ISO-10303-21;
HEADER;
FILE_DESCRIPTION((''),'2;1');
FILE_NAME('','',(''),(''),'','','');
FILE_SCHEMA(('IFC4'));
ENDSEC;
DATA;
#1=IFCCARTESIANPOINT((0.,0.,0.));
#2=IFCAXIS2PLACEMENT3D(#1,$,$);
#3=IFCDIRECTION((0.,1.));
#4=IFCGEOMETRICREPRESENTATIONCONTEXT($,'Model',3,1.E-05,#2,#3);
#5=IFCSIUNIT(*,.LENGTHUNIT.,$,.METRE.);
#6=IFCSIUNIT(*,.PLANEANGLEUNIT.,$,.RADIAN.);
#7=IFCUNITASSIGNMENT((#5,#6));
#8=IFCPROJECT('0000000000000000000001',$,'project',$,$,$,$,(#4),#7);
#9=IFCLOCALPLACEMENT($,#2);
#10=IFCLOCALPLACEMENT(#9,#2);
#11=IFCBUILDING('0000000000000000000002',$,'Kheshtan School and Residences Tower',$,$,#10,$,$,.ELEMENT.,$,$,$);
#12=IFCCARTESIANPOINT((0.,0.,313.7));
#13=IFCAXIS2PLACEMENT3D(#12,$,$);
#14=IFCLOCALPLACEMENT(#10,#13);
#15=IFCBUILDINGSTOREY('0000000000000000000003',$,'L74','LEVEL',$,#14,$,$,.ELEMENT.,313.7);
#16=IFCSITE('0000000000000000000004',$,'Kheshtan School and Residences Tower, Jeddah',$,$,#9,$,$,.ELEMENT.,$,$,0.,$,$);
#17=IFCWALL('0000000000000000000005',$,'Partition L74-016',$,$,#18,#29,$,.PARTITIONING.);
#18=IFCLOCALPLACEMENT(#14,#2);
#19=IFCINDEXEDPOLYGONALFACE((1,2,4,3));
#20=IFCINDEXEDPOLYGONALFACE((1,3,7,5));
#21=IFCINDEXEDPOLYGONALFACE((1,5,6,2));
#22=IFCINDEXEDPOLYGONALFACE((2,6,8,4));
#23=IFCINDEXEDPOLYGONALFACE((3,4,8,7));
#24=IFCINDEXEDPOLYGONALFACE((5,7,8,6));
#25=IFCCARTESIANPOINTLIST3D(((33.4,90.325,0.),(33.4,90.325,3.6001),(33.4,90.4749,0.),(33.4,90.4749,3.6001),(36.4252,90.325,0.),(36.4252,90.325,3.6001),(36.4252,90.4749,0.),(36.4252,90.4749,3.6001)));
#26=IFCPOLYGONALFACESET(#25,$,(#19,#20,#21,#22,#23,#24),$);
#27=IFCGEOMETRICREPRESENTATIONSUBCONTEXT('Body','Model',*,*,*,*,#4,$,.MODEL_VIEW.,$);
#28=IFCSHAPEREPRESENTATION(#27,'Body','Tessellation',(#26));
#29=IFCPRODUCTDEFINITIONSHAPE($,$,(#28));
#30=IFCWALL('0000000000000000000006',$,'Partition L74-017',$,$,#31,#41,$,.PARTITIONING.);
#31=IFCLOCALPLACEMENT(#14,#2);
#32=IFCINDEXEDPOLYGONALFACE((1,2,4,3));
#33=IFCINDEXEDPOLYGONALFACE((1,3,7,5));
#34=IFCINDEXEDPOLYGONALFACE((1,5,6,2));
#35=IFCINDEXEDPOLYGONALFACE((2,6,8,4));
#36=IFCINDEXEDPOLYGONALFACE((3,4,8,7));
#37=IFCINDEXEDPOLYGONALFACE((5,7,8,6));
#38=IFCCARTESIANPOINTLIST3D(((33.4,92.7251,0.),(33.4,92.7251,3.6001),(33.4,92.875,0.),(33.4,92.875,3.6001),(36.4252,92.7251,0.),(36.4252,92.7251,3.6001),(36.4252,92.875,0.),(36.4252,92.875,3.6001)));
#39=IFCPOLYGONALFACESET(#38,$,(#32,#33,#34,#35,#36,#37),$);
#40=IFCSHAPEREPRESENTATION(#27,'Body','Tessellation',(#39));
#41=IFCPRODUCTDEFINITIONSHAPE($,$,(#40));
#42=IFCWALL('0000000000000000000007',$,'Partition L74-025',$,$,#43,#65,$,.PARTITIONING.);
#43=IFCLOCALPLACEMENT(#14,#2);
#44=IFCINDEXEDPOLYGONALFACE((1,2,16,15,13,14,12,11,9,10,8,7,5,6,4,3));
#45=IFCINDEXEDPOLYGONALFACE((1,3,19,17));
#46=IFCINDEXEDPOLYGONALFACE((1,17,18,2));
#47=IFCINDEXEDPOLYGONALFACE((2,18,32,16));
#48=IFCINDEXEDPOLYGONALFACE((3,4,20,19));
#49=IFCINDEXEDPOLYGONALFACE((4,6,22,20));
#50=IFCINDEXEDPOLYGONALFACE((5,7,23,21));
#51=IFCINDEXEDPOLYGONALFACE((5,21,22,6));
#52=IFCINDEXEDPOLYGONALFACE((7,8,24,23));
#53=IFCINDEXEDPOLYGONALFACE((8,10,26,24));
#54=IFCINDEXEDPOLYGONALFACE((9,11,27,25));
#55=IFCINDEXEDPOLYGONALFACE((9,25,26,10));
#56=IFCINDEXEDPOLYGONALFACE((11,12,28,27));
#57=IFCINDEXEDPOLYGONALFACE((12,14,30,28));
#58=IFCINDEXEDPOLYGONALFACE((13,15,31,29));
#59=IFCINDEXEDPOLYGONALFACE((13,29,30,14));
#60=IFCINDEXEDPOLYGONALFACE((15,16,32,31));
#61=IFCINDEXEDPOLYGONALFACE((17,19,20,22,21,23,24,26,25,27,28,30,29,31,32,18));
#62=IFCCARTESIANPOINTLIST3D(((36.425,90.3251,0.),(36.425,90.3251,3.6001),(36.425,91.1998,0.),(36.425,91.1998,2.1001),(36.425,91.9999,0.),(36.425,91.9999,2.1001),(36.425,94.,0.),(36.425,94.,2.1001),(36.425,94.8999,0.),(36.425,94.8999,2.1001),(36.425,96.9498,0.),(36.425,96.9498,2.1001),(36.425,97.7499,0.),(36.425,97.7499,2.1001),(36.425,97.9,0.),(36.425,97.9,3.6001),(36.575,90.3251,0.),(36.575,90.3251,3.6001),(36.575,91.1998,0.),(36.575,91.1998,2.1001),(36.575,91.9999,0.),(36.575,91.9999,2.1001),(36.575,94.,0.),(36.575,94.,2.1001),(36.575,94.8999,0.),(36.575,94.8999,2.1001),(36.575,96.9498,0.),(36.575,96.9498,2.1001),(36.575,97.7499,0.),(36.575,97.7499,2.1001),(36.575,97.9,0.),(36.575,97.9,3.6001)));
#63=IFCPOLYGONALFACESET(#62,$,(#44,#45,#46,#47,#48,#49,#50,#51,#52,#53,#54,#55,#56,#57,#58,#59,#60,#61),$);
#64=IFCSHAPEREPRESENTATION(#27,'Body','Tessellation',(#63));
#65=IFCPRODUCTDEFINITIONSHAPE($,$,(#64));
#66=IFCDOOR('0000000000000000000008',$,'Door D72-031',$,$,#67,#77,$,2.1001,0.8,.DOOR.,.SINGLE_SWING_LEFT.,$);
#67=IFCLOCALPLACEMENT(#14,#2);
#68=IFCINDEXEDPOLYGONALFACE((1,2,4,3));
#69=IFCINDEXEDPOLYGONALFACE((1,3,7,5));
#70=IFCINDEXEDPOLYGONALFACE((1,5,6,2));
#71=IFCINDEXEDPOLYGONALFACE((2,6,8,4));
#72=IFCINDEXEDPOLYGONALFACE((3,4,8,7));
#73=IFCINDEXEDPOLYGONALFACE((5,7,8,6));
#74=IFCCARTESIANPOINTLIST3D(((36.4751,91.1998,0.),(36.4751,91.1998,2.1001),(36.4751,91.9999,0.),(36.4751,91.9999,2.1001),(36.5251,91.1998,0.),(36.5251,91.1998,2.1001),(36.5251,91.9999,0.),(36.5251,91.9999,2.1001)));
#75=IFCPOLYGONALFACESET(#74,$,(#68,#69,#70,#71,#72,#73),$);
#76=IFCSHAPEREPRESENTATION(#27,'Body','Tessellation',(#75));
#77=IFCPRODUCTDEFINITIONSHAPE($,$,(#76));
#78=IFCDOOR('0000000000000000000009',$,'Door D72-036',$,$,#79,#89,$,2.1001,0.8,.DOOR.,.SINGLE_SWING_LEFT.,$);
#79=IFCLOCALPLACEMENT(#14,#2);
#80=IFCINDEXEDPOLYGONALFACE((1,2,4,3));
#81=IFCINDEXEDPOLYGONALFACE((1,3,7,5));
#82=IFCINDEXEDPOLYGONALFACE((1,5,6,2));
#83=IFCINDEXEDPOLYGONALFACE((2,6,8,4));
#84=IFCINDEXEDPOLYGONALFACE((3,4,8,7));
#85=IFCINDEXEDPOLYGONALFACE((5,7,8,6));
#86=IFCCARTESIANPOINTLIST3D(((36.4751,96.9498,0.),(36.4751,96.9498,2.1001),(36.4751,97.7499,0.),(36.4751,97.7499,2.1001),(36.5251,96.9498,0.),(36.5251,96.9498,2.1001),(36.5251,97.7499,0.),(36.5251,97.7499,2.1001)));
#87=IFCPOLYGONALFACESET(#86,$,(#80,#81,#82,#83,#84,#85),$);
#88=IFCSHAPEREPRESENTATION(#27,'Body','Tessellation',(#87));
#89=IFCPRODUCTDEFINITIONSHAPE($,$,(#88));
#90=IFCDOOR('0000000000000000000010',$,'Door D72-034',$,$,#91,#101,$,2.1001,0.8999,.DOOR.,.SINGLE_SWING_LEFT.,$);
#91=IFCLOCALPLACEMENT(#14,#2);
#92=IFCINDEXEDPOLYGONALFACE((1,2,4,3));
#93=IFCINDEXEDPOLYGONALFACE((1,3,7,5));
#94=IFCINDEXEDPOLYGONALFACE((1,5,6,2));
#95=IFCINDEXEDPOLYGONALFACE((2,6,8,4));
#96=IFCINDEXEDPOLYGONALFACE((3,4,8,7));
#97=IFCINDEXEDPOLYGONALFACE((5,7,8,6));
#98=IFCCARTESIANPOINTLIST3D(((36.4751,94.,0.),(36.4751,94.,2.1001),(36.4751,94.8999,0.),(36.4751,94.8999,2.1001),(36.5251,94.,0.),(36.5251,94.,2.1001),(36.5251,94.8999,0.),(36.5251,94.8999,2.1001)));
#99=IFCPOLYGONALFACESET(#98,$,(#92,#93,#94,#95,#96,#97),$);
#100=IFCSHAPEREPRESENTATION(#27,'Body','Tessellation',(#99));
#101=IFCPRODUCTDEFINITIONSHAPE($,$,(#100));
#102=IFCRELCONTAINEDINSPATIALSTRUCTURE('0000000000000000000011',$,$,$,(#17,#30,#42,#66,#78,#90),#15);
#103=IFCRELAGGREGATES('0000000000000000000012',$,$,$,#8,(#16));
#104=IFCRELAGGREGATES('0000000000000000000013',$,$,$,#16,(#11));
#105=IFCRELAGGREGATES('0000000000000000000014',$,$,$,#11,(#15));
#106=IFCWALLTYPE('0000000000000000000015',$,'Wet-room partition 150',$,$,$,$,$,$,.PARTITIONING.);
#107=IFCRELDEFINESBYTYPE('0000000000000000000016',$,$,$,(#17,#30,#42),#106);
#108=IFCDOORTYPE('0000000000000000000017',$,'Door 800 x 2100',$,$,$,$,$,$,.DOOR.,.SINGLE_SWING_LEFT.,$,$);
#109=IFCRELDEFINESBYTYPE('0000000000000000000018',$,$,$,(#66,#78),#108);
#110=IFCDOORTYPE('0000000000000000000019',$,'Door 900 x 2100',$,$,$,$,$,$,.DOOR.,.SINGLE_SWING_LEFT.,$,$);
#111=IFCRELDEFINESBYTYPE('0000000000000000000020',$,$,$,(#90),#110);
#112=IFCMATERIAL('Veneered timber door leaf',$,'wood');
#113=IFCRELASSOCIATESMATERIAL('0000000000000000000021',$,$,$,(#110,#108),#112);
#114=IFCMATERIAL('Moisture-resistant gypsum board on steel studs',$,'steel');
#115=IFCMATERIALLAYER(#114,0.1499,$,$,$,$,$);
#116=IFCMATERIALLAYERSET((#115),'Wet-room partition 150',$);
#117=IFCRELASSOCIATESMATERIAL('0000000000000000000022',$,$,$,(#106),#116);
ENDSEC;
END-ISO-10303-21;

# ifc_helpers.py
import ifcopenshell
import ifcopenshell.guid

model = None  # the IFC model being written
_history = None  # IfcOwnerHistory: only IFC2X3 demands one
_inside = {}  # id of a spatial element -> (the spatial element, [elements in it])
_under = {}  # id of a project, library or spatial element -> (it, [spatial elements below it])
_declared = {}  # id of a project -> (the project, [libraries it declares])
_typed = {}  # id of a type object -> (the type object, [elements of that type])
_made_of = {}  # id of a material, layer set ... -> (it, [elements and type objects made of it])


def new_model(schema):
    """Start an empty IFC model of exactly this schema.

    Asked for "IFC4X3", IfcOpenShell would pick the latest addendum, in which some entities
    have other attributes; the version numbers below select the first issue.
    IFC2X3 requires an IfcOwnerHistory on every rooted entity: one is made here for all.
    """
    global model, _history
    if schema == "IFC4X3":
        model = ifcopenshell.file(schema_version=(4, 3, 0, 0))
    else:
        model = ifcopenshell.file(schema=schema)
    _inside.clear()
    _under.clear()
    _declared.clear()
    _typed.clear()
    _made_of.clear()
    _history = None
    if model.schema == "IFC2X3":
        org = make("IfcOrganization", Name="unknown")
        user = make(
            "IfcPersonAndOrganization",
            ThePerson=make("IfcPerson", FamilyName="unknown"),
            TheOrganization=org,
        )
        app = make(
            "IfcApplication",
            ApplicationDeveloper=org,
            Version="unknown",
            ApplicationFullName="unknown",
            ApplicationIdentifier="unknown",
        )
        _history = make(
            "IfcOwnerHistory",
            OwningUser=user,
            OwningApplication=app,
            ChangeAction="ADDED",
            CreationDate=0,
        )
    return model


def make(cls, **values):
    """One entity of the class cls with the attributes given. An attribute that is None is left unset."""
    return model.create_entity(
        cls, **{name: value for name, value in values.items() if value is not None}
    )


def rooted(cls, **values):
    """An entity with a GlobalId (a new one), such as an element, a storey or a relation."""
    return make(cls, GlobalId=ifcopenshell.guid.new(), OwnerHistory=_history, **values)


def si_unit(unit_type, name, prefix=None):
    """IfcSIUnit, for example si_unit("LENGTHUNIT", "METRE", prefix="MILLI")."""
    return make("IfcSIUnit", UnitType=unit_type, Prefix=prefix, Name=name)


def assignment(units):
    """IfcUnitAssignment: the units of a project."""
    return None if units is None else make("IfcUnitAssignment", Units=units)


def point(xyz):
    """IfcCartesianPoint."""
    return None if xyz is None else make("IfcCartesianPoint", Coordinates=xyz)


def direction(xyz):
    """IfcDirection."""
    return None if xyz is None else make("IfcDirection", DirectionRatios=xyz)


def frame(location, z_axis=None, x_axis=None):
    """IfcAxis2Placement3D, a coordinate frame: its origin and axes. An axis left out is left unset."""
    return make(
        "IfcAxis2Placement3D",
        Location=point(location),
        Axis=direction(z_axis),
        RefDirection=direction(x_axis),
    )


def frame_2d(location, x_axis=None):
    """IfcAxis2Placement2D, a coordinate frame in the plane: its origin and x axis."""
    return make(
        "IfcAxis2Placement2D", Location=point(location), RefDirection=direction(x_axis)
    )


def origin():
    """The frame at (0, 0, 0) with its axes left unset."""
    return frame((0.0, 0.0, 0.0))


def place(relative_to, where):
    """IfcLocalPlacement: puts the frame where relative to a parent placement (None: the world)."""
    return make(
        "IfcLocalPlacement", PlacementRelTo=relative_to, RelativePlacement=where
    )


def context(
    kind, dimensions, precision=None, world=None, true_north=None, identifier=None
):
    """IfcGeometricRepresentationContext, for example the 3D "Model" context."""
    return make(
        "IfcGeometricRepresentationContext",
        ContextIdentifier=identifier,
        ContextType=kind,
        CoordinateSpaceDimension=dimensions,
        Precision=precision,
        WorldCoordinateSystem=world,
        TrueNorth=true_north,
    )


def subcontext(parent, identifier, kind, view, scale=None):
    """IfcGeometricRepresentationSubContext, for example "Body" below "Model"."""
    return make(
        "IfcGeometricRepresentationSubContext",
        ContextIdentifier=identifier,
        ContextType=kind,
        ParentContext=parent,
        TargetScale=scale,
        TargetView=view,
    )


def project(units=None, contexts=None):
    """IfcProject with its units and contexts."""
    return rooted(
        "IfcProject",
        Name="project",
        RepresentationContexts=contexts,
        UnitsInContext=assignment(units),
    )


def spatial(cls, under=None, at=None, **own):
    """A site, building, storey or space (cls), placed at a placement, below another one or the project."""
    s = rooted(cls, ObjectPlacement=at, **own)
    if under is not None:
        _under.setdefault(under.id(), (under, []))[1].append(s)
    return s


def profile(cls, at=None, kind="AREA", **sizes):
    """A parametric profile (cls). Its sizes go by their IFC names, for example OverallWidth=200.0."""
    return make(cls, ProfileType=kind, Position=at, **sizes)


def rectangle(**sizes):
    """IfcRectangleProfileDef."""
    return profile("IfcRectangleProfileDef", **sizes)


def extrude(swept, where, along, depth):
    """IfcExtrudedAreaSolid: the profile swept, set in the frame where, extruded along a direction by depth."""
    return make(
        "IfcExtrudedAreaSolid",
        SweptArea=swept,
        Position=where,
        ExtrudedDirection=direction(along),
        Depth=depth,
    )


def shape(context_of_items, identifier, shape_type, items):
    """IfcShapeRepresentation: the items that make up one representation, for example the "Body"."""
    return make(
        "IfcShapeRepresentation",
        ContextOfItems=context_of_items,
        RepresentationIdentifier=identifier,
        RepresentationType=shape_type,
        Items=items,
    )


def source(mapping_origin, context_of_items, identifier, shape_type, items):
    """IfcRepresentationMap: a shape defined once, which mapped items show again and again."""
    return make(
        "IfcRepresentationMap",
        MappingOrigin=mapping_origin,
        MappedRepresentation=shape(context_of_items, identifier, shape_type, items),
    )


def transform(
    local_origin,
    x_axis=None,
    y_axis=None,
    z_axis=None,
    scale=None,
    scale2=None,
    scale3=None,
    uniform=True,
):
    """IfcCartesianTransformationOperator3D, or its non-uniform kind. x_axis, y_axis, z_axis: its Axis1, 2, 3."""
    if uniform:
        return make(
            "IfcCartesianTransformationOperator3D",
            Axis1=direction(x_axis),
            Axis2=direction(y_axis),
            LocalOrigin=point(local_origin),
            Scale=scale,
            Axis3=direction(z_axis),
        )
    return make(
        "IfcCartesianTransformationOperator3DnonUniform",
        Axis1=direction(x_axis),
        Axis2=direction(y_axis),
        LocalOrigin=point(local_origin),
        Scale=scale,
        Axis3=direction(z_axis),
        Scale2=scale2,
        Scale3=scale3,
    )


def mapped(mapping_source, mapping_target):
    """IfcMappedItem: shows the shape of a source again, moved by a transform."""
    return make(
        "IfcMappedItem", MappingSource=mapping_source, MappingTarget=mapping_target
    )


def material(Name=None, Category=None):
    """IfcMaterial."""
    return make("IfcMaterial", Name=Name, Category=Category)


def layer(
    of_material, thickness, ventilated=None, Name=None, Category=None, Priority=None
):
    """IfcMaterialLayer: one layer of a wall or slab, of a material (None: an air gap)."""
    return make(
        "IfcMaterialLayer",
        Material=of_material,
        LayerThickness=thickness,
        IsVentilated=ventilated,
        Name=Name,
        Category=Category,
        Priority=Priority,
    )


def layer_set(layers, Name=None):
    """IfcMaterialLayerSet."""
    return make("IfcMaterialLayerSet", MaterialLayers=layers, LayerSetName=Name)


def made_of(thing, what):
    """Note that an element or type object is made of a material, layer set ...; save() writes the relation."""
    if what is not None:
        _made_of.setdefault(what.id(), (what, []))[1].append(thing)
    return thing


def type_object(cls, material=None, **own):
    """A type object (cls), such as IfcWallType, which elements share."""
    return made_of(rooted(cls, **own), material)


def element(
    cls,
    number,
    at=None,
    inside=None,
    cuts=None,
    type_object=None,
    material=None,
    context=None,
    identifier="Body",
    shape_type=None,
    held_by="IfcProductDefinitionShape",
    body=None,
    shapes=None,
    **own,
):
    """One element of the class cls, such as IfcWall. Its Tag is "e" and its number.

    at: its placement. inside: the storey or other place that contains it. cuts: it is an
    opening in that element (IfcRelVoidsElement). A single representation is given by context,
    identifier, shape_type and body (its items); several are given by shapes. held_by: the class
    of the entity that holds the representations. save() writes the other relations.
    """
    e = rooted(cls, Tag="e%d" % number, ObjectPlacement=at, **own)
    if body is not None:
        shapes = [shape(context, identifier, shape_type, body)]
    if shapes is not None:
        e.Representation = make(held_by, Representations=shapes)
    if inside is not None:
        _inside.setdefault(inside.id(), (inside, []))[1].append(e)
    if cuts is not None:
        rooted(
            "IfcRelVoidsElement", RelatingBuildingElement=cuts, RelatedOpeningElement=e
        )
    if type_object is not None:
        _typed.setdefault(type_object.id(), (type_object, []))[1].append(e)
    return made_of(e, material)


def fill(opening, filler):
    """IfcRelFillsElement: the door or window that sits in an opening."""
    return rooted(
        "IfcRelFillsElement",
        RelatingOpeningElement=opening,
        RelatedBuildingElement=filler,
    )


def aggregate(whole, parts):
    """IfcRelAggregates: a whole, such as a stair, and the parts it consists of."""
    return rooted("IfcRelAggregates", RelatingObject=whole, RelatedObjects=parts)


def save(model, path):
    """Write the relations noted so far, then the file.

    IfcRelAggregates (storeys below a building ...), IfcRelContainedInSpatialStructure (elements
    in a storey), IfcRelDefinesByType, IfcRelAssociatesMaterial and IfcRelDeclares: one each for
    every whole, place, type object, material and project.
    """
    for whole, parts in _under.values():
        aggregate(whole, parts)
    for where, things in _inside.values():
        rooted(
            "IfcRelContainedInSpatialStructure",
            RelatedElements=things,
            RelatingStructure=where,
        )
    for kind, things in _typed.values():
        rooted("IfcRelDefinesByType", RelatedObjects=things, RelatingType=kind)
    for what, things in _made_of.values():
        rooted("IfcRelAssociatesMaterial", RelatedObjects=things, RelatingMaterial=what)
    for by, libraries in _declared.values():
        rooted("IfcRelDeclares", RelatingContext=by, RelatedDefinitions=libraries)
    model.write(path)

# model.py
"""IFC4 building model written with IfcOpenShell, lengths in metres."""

from ifc_helpers import new_model, si_unit, direction, frame, frame_2d, origin, place, context, subcontext, project, spatial, rectangle, extrude, source, transform, mapped, material, layer, layer_set, type_object, element, fill, save


model = new_model("IFC4")

# Units and contexts
model_context = context("Model", 3, precision=1e-05, world=origin(), true_north=direction((0.0, 1.0)))
body_context = subcontext(model_context, "Body", "Model", "MODEL_VIEW")
ifc_project = project(units=[si_unit("LENGTHUNIT", "METRE"), si_unit("PLANEANGLEUNIT", "RADIAN")], contexts=[model_context])

# Site, building, storey
site_placement = place(None, origin())
site = spatial("IfcSite", under=ifc_project, at=site_placement, Name="Kheshtan School and Residences Tower, Jeddah", CompositionType="ELEMENT", RefElevation=0.0)
building_placement = place(site_placement, origin())
building = spatial("IfcBuilding", under=site, at=building_placement, Name="Kheshtan School and Residences Tower", CompositionType="ELEMENT")
storey_placement = place(building_placement, frame((0.0, 0.0, 313.7)))
storey = spatial("IfcBuildingStorey", under=building, at=storey_placement, Name="L74", Description="LEVEL", CompositionType="ELEMENT", Elevation=313.7)

# Shared definitions
ifc_material_1 = material(Name="Veneered timber door leaf", Category="wood")
door_type_1 = type_object("IfcDoorType", Name="Door 900 x 2100", OperationType="SINGLE_SWING_LEFT", PredefinedType="DOOR", material=ifc_material_1)
shared_shape_1 = source(origin(), body_context, "Body", "SweptSolid", [
    extrude(rectangle(XDim=0.8999, YDim=2.1001, at=frame_2d((0.45, 1.05))), frame((0.0, 0.0249, 0.0), z_axis=(0.0, -1.0, 0.0), x_axis=(1.0, 0.0, 0.0)), (0.0, 0.0, 1.0), 0.05),
])

# Walls
ifc_material_2 = material(Name="Moisture-resistant gypsum board on steel studs", Category="steel")
ifc_layer_1 = layer(ifc_material_2, 0.1499)
ifc_layer_set_1 = layer_set([ifc_layer_1], Name="Wet-room partition 150")
wall_type_1 = type_object("IfcWallType", Name="Wet-room partition 150", PredefinedType="PARTITIONING", material=ifc_layer_set_1)
for number, where, z_axis, x_axis, name in (
    (1, (33.3999, 90.3999, 0.0), (0.0, 0.0, 1.0), (1.0, 0.0, 0.0), "Partition L74-016"),
    (2, (33.3999, 92.8, 0.0), (0.0, 0.0, 1.0), (1.0, 0.0, 0.0), "Partition L74-017"),
):
    element("IfcWall", number, at=place(storey_placement, frame(where, z_axis=z_axis, x_axis=x_axis)), inside=storey, type_object=wall_type_1, Name=name, PredefinedType="PARTITIONING", context=body_context, shape_type="SweptSolid", body=[
        extrude(rectangle(XDim=3.0251, YDim=0.1499, at=frame_2d((1.5127, 0.0))), origin(), (0.0, 0.0, 1.0), 3.6001),
    ])

# Wall, openings, doors
wall_1_placement = place(storey_placement, frame((36.5, 90.325, 0.0), z_axis=(0.0, 0.0, 1.0), x_axis=(0.0, 1.0, 0.0)))
wall_1 = element("IfcWall", 3, at=wall_1_placement, inside=storey, type_object=wall_type_1, Name="Partition L74-025", PredefinedType="PARTITIONING", context=body_context, shape_type="SweptSolid", body=[
    extrude(rectangle(XDim=7.575, YDim=0.1499, at=frame_2d((3.7876, 0.0))), origin(), (0.0, 0.0, 1.0), 3.6001),
])
opening_1_placement = place(wall_1_placement, frame((0.875, 0.0, 0.0)))
opening_1 = element("IfcOpeningElement", 4, at=opening_1_placement, cuts=wall_1, PredefinedType="OPENING", context=body_context, shape_type="SweptSolid", body=[
    extrude(rectangle(XDim=0.8, YDim=2.1001, at=frame_2d((0.3999, 1.05))), frame((0.0, 0.085, 0.0), z_axis=(0.0, -1.0, 0.0), x_axis=(1.0, 0.0, 0.0)), (0.0, 0.0, 1.0), 0.1699),
])
opening_2_placement = place(wall_1_placement, frame((3.675, 0.0, 0.0)))
opening_2 = element("IfcOpeningElement", 5, at=opening_2_placement, cuts=wall_1, PredefinedType="OPENING", context=body_context, shape_type="SweptSolid", body=[
    extrude(rectangle(XDim=0.8999, YDim=2.1001, at=frame_2d((0.45, 1.05))), frame((0.0, 0.085, 0.0), z_axis=(0.0, -1.0, 0.0), x_axis=(1.0, 0.0, 0.0)), (0.0, 0.0, 1.0), 0.1699),
])
opening_3_placement = place(wall_1_placement, frame((6.625, 0.0, 0.0)))
opening_3 = element("IfcOpeningElement", 6, at=opening_3_placement, cuts=wall_1, PredefinedType="OPENING", context=body_context, shape_type="SweptSolid", body=[
    extrude(rectangle(XDim=0.8, YDim=2.1001, at=frame_2d((0.3999, 1.05))), frame((0.0, 0.085, 0.0), z_axis=(0.0, -1.0, 0.0), x_axis=(1.0, 0.0, 0.0)), (0.0, 0.0, 1.0), 0.1699),
])
door_type_2 = type_object("IfcDoorType", Name="Door 800 x 2100", OperationType="SINGLE_SWING_LEFT", PredefinedType="DOOR", material=ifc_material_1)
shared_shape_2 = source(origin(), body_context, "Body", "SweptSolid", [
    extrude(rectangle(XDim=0.8, YDim=2.1001, at=frame_2d((0.3999, 1.05))), frame((0.0, 0.0249, 0.0), z_axis=(0.0, -1.0, 0.0), x_axis=(1.0, 0.0, 0.0)), (0.0, 0.0, 1.0), 0.05),
])
door_1_placement = place(opening_1_placement, origin())
door_1 = element("IfcDoor", 7, at=door_1_placement, inside=storey, type_object=door_type_2, Name="Door D72-031", OperationType="SINGLE_SWING_LEFT", OverallHeight=2.1001, OverallWidth=0.8, PredefinedType="DOOR", context=body_context, shape_type="MappedRepresentation", body=[
    mapped(shared_shape_2, transform((0.0, 0.0, 0.0), x_axis=(1.0, 0.0, 0.0), y_axis=(0.0, 1.0, 0.0), z_axis=(0.0, 0.0, 1.0), scale=1.0)),
])
fill(opening_1, door_1)
door_2_placement = place(opening_3_placement, origin())
door_2 = element("IfcDoor", 8, at=door_2_placement, inside=storey, type_object=door_type_2, Name="Door D72-036", OperationType="SINGLE_SWING_LEFT", OverallHeight=2.1001, OverallWidth=0.8, PredefinedType="DOOR", context=body_context, shape_type="MappedRepresentation", body=[
    mapped(shared_shape_2, transform((0.0, 0.0, 0.0), x_axis=(1.0, 0.0, 0.0), y_axis=(0.0, 1.0, 0.0), z_axis=(0.0, 0.0, 1.0), scale=1.0)),
])
fill(opening_3, door_2)
door_3_placement = place(opening_2_placement, origin())
door_3 = element("IfcDoor", 9, at=door_3_placement, inside=storey, type_object=door_type_1, Name="Door D72-034", OperationType="SINGLE_SWING_LEFT", OverallHeight=2.1001, OverallWidth=0.8999, PredefinedType="DOOR", context=body_context, shape_type="MappedRepresentation", body=[
    mapped(shared_shape_1, transform((0.0, 0.0, 0.0), x_axis=(1.0, 0.0, 0.0), y_axis=(0.0, 1.0, 0.0), z_axis=(0.0, 0.0, 1.0), scale=1.0)),
])
fill(opening_2, door_3)

save(model, "model.ifc")
